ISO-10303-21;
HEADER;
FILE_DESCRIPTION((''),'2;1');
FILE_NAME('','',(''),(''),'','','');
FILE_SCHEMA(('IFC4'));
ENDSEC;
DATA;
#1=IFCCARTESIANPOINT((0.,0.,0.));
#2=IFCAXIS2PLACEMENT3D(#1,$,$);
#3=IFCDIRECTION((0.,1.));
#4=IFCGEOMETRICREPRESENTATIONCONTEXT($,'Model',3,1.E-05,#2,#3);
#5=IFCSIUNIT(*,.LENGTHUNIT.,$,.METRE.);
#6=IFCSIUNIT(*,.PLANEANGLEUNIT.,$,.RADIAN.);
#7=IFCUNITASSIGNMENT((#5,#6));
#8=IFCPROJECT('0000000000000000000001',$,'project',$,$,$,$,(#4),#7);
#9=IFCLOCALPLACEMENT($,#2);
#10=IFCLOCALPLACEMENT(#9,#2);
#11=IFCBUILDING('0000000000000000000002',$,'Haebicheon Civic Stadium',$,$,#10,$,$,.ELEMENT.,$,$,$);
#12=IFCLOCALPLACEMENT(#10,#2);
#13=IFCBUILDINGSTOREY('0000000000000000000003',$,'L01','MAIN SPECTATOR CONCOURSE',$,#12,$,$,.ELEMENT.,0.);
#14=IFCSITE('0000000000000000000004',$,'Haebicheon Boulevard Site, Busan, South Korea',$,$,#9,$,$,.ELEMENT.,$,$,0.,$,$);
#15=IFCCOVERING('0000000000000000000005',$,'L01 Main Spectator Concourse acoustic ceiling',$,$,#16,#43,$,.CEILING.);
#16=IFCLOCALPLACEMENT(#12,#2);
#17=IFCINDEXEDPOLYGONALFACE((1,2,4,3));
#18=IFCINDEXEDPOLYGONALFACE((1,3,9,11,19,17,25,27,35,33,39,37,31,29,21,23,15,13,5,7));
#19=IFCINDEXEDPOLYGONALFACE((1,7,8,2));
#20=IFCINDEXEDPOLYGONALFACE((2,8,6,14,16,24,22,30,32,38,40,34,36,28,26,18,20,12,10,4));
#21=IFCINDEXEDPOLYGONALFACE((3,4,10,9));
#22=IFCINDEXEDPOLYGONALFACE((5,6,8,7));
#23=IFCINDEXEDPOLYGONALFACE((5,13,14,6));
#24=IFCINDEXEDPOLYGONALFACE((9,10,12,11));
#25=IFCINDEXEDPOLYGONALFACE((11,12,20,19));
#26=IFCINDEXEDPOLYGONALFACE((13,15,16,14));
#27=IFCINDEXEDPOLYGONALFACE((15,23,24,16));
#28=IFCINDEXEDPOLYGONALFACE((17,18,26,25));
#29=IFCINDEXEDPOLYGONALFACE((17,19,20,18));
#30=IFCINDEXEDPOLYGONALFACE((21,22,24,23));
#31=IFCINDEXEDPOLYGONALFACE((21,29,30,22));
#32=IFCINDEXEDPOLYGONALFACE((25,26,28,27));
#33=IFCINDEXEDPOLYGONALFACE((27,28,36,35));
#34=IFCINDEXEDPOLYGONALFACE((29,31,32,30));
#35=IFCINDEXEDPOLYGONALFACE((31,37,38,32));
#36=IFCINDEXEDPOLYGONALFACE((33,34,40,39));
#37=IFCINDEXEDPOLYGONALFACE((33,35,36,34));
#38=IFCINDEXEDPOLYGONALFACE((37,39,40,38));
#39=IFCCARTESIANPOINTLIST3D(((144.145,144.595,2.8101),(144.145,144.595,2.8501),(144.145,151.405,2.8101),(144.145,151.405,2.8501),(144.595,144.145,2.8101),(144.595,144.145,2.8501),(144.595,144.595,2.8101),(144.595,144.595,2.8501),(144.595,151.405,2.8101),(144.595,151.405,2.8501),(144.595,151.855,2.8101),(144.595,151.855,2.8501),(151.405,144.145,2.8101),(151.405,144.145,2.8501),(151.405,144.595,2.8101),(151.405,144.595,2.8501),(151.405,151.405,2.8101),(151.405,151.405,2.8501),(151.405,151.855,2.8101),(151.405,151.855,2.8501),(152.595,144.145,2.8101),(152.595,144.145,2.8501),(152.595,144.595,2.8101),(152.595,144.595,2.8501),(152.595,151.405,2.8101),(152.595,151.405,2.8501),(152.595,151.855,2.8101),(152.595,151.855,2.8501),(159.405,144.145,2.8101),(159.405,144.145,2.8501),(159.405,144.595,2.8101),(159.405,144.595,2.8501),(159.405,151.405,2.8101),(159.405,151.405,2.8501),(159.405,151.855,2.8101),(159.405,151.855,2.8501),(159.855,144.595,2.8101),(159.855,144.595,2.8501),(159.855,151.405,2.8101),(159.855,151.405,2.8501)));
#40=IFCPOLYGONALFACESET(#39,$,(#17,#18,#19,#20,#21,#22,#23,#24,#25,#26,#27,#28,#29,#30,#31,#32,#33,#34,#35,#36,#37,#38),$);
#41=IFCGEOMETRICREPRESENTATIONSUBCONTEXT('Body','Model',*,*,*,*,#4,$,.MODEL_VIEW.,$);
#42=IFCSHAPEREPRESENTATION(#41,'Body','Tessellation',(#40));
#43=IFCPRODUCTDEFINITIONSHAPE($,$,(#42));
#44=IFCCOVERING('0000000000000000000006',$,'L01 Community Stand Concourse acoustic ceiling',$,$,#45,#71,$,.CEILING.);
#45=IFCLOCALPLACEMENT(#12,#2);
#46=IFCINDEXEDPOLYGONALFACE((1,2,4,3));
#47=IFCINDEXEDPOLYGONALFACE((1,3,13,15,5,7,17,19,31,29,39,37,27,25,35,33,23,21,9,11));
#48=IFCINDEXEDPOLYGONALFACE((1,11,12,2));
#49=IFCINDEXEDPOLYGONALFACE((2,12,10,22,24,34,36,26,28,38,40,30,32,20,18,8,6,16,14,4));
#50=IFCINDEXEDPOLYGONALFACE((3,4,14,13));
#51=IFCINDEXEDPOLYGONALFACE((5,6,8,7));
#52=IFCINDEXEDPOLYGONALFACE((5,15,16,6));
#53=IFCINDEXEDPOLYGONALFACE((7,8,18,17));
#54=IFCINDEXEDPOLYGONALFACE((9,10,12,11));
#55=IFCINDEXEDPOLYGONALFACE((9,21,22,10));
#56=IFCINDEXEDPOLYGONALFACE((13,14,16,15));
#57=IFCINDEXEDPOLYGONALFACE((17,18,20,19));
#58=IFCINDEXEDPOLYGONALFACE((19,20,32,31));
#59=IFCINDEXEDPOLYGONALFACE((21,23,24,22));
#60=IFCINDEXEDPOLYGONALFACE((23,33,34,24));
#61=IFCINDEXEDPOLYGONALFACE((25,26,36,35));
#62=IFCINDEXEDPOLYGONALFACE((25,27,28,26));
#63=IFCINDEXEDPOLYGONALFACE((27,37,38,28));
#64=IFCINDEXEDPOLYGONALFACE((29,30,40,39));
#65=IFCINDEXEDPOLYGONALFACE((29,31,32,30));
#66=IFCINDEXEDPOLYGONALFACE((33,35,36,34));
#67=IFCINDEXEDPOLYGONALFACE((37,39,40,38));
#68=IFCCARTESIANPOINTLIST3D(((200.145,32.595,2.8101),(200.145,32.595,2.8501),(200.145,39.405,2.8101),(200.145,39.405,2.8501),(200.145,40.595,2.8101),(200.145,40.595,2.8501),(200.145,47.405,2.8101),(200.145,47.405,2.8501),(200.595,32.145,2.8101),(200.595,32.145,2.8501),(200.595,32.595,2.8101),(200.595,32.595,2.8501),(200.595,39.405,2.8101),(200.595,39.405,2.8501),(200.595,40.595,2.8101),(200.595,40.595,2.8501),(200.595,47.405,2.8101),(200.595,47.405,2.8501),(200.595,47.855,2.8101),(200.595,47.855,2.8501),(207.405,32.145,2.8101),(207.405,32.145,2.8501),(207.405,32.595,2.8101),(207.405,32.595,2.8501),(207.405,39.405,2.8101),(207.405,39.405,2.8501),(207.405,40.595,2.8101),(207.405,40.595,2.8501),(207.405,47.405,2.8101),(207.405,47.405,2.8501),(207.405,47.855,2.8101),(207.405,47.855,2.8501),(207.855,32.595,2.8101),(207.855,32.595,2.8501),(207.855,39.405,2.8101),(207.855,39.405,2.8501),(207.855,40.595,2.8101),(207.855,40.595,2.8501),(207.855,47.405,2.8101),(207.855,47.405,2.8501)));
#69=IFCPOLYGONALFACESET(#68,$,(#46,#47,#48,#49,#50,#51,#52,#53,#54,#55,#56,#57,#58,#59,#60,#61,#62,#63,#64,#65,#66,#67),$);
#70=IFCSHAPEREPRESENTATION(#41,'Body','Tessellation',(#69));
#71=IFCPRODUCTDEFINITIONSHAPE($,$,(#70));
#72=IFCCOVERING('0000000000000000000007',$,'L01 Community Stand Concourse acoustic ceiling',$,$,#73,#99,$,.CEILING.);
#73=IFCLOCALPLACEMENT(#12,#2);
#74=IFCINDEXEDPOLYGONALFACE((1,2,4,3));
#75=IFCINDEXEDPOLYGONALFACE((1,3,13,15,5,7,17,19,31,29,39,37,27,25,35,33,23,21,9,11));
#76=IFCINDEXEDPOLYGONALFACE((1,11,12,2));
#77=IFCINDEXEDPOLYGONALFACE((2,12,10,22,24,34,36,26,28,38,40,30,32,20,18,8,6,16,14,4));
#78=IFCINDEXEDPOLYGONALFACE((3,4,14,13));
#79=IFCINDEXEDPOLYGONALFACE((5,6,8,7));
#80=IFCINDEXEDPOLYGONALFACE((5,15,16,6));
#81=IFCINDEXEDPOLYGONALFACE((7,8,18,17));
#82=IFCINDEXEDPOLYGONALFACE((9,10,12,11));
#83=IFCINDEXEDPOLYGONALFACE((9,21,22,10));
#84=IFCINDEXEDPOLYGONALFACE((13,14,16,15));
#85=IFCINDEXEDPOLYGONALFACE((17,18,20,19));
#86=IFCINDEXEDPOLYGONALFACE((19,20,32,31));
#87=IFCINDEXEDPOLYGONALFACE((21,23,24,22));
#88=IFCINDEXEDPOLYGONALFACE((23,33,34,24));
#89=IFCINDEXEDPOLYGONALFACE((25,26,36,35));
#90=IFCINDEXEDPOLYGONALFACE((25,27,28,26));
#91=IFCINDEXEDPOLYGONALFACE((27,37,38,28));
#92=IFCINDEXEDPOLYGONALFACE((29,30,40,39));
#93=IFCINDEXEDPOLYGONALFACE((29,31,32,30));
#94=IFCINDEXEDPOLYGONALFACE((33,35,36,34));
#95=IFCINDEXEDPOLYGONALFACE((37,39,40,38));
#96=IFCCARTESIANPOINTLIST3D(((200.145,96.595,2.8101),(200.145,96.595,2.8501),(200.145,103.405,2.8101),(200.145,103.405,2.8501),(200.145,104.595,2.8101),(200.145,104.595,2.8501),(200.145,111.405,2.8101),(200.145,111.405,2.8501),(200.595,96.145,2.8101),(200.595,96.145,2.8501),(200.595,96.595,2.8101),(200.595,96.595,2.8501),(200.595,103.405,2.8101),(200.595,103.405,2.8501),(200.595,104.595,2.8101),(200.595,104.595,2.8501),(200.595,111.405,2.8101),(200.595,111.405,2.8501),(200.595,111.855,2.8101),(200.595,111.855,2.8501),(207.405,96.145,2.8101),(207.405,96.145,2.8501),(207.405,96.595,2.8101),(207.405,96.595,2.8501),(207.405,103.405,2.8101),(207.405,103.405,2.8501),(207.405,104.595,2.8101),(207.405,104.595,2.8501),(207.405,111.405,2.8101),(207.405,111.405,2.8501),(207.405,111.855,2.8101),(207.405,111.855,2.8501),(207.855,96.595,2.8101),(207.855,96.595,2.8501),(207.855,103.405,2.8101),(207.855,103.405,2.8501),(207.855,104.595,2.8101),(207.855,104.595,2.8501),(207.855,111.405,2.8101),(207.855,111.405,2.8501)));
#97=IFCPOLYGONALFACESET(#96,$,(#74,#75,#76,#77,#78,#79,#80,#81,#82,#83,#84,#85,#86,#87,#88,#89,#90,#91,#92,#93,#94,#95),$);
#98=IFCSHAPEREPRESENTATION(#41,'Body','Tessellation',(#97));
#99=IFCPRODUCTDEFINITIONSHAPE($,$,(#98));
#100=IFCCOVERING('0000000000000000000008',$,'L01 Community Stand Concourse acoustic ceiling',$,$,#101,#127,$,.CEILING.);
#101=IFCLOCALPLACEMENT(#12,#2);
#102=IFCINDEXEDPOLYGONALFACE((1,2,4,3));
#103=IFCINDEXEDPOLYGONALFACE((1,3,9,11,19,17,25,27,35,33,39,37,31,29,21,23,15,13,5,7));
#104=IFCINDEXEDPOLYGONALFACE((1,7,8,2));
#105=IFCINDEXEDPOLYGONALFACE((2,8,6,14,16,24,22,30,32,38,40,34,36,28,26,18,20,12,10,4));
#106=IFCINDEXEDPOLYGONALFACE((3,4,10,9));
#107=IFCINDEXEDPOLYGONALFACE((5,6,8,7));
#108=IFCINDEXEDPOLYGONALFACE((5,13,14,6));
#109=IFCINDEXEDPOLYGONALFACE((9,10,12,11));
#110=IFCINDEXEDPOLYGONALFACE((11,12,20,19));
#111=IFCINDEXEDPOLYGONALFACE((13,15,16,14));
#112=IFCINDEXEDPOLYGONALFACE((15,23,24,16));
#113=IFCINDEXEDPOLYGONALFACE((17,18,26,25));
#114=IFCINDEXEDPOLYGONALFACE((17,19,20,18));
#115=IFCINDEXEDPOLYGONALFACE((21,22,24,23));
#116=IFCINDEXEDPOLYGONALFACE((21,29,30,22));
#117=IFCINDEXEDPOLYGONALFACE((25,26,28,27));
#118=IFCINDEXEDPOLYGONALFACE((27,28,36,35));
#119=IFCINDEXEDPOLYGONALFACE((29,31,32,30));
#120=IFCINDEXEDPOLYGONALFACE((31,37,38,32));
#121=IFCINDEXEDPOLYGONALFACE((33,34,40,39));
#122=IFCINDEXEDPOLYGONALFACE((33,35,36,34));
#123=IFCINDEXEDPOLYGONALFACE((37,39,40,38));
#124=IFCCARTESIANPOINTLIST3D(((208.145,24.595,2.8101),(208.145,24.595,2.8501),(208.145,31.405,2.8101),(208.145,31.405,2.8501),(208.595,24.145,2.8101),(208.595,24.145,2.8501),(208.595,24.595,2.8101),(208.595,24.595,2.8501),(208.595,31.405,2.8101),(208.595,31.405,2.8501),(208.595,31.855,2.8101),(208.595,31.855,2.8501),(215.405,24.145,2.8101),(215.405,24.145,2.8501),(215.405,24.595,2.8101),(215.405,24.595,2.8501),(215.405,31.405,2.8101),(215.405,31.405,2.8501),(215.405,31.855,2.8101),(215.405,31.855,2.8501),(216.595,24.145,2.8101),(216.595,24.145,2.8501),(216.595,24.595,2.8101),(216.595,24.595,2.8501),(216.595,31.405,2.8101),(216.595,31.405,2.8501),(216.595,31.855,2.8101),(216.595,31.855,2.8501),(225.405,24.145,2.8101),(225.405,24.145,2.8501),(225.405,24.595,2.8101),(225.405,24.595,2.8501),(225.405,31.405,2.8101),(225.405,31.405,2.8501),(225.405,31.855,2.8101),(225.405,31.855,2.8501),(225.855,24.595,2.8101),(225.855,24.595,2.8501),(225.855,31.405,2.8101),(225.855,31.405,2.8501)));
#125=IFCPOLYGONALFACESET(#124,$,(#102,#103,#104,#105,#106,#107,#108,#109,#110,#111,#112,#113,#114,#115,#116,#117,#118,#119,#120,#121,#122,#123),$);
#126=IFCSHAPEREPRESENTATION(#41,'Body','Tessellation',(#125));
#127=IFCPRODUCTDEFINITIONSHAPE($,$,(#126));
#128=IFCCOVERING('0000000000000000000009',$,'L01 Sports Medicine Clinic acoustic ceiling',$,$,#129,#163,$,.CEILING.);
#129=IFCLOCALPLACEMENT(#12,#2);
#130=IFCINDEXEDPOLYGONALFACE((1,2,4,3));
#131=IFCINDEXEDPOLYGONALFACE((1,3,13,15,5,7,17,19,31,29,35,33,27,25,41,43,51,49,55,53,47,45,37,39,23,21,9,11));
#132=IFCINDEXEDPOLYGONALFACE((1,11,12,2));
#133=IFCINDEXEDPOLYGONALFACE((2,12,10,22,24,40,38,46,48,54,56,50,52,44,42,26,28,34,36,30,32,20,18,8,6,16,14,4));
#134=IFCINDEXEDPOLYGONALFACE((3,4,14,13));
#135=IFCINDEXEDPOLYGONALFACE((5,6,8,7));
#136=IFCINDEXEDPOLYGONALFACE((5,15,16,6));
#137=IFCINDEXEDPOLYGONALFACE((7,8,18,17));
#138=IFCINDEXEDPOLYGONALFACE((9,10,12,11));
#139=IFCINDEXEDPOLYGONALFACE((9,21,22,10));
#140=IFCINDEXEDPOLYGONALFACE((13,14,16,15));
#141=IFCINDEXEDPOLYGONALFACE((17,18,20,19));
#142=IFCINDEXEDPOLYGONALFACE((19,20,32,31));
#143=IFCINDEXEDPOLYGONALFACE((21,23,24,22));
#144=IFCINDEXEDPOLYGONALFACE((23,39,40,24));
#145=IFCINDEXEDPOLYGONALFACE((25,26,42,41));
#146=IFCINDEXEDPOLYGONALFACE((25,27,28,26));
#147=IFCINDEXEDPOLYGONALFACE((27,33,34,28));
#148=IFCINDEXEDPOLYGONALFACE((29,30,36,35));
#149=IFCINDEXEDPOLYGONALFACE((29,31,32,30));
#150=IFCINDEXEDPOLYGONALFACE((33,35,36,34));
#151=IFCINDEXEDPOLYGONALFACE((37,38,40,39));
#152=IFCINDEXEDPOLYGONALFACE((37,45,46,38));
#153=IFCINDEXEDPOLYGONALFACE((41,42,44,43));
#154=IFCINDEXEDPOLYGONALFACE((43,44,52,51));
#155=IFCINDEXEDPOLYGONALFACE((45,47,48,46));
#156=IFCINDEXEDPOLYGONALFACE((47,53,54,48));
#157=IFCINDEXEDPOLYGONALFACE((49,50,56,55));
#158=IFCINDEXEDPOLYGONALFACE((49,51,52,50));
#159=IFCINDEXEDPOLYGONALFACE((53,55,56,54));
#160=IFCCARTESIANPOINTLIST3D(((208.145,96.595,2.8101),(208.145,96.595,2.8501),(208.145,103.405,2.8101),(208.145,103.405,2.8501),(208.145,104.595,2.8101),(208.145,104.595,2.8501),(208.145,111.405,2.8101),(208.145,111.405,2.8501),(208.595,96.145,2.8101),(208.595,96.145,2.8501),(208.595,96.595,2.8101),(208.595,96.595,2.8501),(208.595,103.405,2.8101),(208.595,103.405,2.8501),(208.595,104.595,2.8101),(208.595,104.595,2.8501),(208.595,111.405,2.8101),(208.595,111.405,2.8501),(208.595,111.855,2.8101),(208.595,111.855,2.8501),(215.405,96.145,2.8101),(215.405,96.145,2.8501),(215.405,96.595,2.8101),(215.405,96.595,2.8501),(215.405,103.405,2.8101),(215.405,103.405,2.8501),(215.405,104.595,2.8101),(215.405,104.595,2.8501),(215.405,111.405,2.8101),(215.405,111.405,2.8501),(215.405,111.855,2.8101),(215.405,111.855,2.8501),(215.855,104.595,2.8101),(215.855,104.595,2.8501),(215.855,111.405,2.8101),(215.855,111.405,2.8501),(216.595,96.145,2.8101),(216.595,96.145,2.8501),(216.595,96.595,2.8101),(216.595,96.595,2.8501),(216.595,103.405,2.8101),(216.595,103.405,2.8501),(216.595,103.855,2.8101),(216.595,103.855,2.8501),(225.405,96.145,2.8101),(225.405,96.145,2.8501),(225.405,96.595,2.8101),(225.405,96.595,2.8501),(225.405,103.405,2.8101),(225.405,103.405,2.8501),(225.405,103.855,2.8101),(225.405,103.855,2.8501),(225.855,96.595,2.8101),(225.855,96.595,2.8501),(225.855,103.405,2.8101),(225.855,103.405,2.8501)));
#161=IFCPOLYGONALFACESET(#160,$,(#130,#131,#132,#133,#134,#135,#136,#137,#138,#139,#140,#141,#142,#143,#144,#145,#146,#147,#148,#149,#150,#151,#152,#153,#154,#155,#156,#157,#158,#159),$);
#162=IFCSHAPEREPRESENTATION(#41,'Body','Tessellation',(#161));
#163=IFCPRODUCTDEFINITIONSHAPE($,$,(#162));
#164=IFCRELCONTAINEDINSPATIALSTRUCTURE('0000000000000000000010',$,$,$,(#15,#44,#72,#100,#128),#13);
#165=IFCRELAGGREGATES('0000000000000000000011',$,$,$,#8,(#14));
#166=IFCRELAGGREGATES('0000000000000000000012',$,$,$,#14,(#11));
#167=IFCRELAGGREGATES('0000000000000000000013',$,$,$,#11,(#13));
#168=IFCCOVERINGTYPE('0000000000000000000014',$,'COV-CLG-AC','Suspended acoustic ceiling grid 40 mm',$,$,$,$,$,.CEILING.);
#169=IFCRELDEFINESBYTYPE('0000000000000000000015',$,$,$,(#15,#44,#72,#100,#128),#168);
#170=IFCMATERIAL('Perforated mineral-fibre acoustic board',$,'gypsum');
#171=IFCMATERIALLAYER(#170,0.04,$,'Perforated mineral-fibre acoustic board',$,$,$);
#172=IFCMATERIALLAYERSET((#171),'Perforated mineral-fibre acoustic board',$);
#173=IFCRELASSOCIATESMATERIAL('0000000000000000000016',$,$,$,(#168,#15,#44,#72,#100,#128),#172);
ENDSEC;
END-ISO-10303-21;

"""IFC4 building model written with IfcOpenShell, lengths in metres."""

from ifc_helpers import new_model, si_unit, direction, frame, origin, place, context, subcontext, project, spatial, polyline, outline, extrude, material, layer, layer_set, type_object, element, save


model = new_model("IFC4")

# Units and contexts
model_context = context("Model", 3, precision=1e-05, world=origin(), true_north=direction((0.0, 1.0)))
body_context = subcontext(model_context, "Body", "Model", "MODEL_VIEW")
ifc_project = project(units=[si_unit("LENGTHUNIT", "METRE"), si_unit("PLANEANGLEUNIT", "RADIAN")], contexts=[model_context])

# Site, building, storey
site_placement = place(None, origin())
site = spatial("IfcSite", under=ifc_project, at=site_placement, Name="Haebicheon Boulevard Site, Busan, South Korea", CompositionType="ELEMENT", RefElevation=0.0)
building_placement = place(site_placement, origin())
building = spatial("IfcBuilding", under=site, at=building_placement, Name="Haebicheon Civic Stadium", CompositionType="ELEMENT")
storey_placement = place(building_placement, origin())
storey = spatial("IfcBuildingStorey", under=building, at=storey_placement, Name="L01", Description="MAIN SPECTATOR CONCOURSE", CompositionType="ELEMENT", Elevation=0.0)

# Coverings
ifc_material_1 = material(Name="Perforated mineral-fibre acoustic board", Category="gypsum")
ifc_layer_1 = layer(ifc_material_1, 0.04, Name="Perforated mineral-fibre acoustic board")
ifc_layer_set_1 = layer_set([ifc_layer_1], Name="Perforated mineral-fibre acoustic board")
covering_type_1 = type_object("IfcCoveringType", Name="COV-CLG-AC", Description="Suspended acoustic ceiling grid 40 mm", PredefinedType="CEILING", material=ifc_layer_set_1)
covering_1_placement = place(storey_placement, frame((0.0, 0.0, 2.8101)))
element("IfcCovering", 1, at=covering_1_placement, inside=storey, type_object=covering_type_1, material=ifc_layer_set_1, Name="L01 Main Spectator Concourse acoustic ceiling", PredefinedType="CEILING", context=body_context, shape_type="SweptSolid", body=[
    extrude(outline(polyline([(144.145, 151.405), (144.595, 151.405), (144.595, 151.855), (151.405, 151.855), (151.405, 151.405), (152.595, 151.405), (152.595, 151.855), (159.405, 151.855), (159.405, 151.405), (159.855, 151.405), (159.855, 144.595), (159.405, 144.595), (159.405, 144.145), (152.595, 144.145), (152.595, 144.595), (151.405, 144.595), (151.405, 144.145), (144.595, 144.145), (144.595, 144.595), (144.145, 144.595), (144.145, 151.405)])), origin(), (0.0, 0.0, 1.0), 0.04),
])
covering_2_placement = place(storey_placement, frame((0.0, 0.0, 2.8101)))
element("IfcCovering", 2, at=covering_2_placement, inside=storey, type_object=covering_type_1, material=ifc_layer_set_1, Name="L01 Community Stand Concourse acoustic ceiling", PredefinedType="CEILING", context=body_context, shape_type="SweptSolid", body=[
    extrude(outline(polyline([(200.595, 32.145), (200.595, 32.595), (200.145, 32.595), (200.145, 39.405), (200.595, 39.405), (200.595, 40.595), (200.145, 40.595), (200.145, 47.405), (200.595, 47.405), (200.595, 47.855), (207.405, 47.855), (207.405, 47.405), (207.855, 47.405), (207.855, 40.595), (207.405, 40.595), (207.405, 39.405), (207.855, 39.405), (207.855, 32.595), (207.405, 32.595), (207.405, 32.145), (200.595, 32.145)])), origin(), (0.0, 0.0, 1.0), 0.04),
])
covering_3_placement = place(storey_placement, frame((0.0, 0.0, 2.8101)))
element("IfcCovering", 3, at=covering_3_placement, inside=storey, type_object=covering_type_1, material=ifc_layer_set_1, Name="L01 Community Stand Concourse acoustic ceiling", PredefinedType="CEILING", context=body_context, shape_type="SweptSolid", body=[
    extrude(outline(polyline([(200.595, 96.145), (200.595, 96.595), (200.145, 96.595), (200.145, 103.405), (200.595, 103.405), (200.595, 104.595), (200.145, 104.595), (200.145, 111.405), (200.595, 111.405), (200.595, 111.855), (207.405, 111.855), (207.405, 111.405), (207.855, 111.405), (207.855, 104.595), (207.405, 104.595), (207.405, 103.405), (207.855, 103.405), (207.855, 96.595), (207.405, 96.595), (207.405, 96.145), (200.595, 96.145)])), origin(), (0.0, 0.0, 1.0), 0.04),
])
covering_4_placement = place(storey_placement, frame((0.0, 0.0, 2.8101)))
element("IfcCovering", 4, at=covering_4_placement, inside=storey, type_object=covering_type_1, material=ifc_layer_set_1, Name="L01 Community Stand Concourse acoustic ceiling", PredefinedType="CEILING", context=body_context, shape_type="SweptSolid", body=[
    extrude(outline(polyline([(208.145, 31.405), (208.595, 31.405), (208.595, 31.855), (215.405, 31.855), (215.405, 31.405), (216.595, 31.405), (216.595, 31.855), (225.405, 31.855), (225.405, 31.405), (225.855, 31.405), (225.855, 24.595), (225.405, 24.595), (225.405, 24.145), (216.595, 24.145), (216.595, 24.595), (215.405, 24.595), (215.405, 24.145), (208.595, 24.145), (208.595, 24.595), (208.145, 24.595), (208.145, 31.405)])), origin(), (0.0, 0.0, 1.0), 0.04),
])
covering_5_placement = place(storey_placement, frame((0.0, 0.0, 2.8101)))
element("IfcCovering", 5, at=covering_5_placement, inside=storey, type_object=covering_type_1, material=ifc_layer_set_1, Name="L01 Sports Medicine Clinic acoustic ceiling", PredefinedType="CEILING", context=body_context, shape_type="SweptSolid", body=[
    extrude(outline(polyline([(208.145, 103.405), (208.595, 103.405), (208.595, 104.595), (208.145, 104.595), (208.145, 111.405), (208.595, 111.405), (208.595, 111.855), (215.405, 111.855), (215.405, 111.405), (215.855, 111.405), (215.855, 104.595), (215.405, 104.595), (215.405, 103.405), (216.595, 103.405), (216.595, 103.855), (225.405, 103.855), (225.405, 103.405), (225.855, 103.405), (225.855, 96.595), (225.405, 96.595), (225.405, 96.145), (216.595, 96.145), (216.595, 96.595), (215.405, 96.595), (215.405, 96.145), (208.595, 96.145), (208.595, 96.595), (208.145, 96.595), (208.145, 103.405)])), origin(), (0.0, 0.0, 1.0), 0.04),
])

save(model, "model.ifc")
